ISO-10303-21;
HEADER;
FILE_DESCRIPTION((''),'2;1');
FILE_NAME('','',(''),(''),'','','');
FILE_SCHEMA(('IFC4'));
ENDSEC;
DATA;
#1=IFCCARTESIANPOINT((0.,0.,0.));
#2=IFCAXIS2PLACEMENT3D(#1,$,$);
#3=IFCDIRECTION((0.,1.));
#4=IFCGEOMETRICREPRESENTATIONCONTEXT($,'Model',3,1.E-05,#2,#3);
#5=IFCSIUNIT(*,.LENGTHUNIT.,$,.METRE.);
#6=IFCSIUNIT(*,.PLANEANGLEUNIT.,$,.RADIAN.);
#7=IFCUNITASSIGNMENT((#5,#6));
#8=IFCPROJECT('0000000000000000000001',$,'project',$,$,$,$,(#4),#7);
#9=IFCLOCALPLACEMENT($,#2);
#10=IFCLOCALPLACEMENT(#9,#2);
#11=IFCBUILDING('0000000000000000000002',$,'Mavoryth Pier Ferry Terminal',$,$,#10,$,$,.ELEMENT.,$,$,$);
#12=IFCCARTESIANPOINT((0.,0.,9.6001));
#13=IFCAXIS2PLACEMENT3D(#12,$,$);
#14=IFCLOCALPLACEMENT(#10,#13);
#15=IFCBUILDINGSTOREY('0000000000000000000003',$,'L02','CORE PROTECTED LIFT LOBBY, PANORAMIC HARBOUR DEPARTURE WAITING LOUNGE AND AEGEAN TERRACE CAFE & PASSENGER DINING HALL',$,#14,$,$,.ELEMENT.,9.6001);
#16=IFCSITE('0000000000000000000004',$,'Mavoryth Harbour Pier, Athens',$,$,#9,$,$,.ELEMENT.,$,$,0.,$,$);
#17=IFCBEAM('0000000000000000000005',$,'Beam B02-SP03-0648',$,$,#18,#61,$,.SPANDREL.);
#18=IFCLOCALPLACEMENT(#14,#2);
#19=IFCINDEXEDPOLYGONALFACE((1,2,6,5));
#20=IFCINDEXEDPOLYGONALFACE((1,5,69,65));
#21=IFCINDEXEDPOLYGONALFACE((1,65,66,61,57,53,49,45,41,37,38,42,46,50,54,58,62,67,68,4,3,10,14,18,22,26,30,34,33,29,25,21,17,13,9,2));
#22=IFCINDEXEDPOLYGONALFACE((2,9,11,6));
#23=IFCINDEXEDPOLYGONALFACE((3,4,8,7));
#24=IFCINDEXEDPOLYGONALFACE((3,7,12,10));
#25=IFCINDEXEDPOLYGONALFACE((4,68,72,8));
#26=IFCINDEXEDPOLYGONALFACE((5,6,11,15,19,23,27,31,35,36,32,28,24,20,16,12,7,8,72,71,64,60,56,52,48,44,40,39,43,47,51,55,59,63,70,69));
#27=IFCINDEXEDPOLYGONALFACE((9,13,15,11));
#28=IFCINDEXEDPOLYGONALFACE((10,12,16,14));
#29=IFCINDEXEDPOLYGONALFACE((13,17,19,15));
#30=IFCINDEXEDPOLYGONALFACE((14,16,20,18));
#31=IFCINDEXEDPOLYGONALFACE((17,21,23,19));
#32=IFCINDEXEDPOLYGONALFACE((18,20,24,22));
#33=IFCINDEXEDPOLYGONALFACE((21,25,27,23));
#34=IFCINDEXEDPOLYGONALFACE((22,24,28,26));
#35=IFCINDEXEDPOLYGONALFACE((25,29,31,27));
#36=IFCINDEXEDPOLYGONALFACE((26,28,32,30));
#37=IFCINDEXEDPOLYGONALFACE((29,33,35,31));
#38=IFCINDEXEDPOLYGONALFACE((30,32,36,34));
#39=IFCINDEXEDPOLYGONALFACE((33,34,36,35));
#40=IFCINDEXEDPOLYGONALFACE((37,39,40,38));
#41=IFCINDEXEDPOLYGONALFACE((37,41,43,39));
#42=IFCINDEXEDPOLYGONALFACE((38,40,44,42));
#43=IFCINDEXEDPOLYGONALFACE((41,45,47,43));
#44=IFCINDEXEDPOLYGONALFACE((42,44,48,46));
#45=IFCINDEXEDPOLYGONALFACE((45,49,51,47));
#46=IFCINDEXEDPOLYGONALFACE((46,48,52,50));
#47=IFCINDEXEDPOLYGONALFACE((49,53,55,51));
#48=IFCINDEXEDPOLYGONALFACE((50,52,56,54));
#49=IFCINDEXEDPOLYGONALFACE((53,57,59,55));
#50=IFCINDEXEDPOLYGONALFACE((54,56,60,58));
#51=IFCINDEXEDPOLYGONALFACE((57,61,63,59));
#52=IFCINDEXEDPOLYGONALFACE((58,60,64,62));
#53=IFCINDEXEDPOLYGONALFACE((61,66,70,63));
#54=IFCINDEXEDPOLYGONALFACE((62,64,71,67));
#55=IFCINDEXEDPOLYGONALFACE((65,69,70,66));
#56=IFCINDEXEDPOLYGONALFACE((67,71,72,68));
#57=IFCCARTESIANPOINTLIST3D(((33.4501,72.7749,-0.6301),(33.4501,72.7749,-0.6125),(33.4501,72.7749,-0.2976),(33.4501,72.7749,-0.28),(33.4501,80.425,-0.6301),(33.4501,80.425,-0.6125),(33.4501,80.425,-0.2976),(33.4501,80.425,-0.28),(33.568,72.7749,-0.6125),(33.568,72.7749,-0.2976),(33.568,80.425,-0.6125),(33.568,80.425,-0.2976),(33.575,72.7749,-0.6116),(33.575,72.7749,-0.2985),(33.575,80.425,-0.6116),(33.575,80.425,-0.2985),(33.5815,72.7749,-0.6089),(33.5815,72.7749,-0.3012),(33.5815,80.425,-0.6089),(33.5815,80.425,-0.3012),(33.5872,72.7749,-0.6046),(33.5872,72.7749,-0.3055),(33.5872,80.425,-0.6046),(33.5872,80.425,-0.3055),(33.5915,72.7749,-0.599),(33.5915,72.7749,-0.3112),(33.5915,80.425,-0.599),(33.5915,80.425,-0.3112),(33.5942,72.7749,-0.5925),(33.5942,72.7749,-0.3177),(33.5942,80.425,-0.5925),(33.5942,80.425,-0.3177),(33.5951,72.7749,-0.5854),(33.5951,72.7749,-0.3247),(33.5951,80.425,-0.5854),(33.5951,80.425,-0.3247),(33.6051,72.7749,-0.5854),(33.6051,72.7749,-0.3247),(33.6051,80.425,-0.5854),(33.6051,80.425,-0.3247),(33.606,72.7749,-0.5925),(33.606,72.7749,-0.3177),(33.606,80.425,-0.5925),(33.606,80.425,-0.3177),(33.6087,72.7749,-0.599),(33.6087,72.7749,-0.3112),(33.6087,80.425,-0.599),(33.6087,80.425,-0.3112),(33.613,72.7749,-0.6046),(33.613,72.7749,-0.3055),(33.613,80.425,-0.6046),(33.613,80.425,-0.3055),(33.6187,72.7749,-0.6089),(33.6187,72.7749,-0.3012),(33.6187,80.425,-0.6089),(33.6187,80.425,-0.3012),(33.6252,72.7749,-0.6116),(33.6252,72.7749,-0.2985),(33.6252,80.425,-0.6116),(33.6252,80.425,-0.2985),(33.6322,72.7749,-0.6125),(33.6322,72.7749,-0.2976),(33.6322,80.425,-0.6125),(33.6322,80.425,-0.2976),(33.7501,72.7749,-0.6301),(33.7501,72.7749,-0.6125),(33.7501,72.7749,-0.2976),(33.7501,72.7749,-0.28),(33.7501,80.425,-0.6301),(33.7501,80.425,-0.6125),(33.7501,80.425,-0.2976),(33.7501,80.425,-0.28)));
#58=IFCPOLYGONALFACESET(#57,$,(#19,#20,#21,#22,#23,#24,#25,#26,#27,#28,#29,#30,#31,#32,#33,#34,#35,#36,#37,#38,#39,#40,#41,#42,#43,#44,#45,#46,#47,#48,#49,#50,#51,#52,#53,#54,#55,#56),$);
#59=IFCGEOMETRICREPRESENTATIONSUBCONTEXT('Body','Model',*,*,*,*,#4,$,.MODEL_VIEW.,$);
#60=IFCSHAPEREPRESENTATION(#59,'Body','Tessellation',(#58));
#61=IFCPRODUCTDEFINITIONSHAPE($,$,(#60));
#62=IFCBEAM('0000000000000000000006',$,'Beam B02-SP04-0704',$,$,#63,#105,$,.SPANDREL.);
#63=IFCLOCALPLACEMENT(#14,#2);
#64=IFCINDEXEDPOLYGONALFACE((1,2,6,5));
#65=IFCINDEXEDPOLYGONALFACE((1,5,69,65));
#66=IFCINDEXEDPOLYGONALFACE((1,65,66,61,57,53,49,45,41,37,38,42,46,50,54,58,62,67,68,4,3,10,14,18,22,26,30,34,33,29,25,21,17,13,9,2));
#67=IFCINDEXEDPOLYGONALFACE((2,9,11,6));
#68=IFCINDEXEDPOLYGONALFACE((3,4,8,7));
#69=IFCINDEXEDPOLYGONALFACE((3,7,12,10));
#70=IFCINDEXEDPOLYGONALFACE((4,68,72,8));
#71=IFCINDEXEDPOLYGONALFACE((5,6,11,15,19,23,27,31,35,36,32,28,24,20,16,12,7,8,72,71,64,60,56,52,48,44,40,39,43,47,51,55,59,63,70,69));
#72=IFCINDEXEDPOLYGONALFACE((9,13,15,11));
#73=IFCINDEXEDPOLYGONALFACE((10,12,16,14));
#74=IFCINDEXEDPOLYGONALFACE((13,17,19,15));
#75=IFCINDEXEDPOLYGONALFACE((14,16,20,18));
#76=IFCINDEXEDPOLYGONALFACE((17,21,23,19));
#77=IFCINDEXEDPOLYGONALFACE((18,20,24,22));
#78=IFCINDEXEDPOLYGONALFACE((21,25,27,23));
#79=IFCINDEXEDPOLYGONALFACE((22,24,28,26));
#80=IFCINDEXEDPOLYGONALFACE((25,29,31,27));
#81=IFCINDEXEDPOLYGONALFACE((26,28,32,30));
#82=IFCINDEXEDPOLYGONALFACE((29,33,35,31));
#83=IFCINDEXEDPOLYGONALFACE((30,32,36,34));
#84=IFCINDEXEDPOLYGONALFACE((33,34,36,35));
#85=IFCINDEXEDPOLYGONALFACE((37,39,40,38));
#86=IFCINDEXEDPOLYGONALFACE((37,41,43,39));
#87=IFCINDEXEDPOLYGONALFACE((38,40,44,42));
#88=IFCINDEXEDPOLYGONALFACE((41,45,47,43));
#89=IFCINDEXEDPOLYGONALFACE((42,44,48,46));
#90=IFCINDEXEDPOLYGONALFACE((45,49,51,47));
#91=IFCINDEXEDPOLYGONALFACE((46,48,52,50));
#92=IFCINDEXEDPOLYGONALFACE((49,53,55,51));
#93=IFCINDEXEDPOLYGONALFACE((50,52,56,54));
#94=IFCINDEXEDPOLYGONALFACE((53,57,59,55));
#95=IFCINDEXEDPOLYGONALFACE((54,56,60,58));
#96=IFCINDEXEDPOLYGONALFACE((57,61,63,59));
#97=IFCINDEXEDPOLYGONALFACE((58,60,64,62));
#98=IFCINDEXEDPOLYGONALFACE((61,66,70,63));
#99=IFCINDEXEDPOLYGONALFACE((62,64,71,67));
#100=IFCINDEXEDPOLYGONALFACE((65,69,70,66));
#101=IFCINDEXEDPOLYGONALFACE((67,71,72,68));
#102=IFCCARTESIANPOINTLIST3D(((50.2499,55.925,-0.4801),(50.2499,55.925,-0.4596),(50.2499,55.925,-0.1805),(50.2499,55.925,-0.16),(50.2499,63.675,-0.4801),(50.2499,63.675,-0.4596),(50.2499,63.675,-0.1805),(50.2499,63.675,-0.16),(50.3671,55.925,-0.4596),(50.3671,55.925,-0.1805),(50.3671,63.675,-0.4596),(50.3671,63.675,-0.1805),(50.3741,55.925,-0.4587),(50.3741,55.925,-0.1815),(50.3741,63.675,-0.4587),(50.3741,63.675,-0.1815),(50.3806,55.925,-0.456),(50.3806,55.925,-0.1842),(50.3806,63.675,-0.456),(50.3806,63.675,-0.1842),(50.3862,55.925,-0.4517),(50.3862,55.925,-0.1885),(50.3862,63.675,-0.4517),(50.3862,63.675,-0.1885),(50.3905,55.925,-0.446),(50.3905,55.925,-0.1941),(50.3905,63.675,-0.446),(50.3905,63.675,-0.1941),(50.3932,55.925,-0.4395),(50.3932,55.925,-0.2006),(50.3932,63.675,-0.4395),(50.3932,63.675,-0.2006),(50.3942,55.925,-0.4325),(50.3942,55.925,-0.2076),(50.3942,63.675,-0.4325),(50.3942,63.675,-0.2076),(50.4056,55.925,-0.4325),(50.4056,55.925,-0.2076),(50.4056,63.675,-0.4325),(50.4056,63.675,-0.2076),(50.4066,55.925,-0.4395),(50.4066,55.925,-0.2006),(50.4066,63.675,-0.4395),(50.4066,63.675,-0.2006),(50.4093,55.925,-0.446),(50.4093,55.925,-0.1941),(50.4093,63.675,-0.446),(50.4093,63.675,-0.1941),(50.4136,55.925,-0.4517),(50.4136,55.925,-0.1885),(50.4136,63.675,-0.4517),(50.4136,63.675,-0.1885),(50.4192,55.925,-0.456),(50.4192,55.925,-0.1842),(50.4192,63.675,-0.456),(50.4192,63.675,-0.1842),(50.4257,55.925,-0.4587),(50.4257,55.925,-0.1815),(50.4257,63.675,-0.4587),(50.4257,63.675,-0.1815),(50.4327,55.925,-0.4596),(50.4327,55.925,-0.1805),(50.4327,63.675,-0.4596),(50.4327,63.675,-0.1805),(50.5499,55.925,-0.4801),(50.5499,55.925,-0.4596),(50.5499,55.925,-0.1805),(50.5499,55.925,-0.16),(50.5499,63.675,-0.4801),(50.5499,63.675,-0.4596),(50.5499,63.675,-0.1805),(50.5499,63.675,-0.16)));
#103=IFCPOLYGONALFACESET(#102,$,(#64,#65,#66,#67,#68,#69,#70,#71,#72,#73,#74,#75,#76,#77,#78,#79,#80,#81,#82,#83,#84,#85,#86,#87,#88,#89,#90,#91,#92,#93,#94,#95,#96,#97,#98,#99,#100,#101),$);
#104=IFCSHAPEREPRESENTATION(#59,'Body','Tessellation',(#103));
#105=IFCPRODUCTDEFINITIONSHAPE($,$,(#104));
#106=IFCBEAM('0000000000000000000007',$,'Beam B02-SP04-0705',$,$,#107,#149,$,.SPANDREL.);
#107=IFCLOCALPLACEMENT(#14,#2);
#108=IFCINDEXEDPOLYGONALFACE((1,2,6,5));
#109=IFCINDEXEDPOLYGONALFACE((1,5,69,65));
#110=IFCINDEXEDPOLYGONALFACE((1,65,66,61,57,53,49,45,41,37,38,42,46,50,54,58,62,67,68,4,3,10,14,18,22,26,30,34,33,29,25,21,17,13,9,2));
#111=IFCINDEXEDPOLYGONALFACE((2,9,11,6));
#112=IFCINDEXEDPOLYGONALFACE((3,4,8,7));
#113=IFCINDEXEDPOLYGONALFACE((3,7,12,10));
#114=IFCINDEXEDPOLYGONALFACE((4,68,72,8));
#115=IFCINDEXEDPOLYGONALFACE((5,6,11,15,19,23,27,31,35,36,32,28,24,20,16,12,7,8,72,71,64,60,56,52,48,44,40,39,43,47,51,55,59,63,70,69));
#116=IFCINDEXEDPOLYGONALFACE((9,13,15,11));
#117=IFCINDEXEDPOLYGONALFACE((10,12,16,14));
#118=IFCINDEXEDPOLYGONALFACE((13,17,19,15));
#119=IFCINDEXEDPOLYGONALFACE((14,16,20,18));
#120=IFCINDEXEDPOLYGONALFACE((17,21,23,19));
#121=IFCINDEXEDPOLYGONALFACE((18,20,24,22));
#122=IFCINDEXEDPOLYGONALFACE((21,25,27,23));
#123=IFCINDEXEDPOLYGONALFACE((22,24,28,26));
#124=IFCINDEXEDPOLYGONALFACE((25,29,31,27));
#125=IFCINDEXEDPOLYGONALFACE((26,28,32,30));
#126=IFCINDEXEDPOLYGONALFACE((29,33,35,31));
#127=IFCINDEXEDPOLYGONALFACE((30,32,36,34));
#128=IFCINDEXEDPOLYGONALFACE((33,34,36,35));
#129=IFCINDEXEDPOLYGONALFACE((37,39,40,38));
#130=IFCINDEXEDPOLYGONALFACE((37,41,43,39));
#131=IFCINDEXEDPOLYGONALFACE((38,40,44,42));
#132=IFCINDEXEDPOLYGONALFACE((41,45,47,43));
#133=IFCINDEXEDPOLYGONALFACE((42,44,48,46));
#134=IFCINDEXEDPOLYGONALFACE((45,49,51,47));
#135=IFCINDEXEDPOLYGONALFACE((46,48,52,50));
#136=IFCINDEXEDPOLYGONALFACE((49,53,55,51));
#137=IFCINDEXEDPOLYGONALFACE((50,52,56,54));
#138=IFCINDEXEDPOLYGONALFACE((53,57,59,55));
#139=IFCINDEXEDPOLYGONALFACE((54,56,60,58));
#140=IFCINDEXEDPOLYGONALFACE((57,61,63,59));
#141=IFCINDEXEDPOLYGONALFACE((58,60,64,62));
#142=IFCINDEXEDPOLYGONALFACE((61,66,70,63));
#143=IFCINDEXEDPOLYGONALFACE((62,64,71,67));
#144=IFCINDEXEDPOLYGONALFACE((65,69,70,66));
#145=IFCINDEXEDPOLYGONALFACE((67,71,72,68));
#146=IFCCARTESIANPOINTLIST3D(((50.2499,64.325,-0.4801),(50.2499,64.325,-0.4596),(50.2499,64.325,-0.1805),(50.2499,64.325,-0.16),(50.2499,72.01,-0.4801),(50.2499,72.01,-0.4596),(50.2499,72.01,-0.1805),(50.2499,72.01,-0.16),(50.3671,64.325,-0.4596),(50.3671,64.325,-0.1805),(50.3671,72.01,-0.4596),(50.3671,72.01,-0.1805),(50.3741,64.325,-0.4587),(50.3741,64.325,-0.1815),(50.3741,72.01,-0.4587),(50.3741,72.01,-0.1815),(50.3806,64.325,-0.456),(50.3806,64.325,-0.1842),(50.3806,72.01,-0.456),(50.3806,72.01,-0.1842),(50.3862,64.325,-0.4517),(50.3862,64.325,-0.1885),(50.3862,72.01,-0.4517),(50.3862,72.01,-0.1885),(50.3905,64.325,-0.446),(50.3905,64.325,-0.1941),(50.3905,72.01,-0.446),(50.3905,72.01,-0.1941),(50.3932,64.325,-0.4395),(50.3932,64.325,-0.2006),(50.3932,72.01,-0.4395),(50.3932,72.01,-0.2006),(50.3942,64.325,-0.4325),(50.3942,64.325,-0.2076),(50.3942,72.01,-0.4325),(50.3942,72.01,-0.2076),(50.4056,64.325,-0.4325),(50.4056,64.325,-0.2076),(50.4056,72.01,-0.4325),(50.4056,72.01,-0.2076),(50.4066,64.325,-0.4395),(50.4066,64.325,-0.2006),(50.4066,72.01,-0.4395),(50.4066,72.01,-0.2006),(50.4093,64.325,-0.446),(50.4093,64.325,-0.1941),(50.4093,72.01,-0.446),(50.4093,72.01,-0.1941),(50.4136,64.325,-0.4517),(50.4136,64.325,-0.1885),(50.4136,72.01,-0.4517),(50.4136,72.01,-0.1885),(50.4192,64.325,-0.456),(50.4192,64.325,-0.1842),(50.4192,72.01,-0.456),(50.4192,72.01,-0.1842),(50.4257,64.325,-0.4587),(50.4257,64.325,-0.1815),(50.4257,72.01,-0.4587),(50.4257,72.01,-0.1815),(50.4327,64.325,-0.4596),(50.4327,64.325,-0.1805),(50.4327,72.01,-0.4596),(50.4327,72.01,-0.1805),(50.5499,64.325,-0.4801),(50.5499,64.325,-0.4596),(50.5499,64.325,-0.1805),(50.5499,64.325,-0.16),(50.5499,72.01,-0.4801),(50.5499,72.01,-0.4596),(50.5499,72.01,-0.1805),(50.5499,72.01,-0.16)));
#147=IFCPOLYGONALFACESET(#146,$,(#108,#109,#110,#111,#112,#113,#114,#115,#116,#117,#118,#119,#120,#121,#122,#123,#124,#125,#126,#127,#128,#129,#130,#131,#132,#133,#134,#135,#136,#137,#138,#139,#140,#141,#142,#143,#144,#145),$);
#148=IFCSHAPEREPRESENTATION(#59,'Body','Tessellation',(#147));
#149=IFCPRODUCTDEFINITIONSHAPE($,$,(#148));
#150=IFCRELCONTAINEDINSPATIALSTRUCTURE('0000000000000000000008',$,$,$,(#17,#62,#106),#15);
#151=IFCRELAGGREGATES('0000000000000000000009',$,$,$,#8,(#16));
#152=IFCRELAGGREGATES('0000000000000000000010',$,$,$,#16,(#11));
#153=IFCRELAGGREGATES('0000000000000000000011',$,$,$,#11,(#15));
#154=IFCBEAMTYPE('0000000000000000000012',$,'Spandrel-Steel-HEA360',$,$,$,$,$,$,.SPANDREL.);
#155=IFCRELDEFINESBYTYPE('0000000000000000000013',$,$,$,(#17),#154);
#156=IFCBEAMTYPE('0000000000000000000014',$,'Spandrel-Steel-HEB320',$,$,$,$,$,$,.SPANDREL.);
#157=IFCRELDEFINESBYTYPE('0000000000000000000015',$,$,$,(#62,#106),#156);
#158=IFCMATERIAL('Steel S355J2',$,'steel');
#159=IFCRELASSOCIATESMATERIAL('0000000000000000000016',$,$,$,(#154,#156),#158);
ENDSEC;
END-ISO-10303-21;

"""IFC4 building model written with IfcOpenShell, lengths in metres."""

from ifc_helpers import new_model, si_unit, direction, frame, origin, origin_2d, place, context, subcontext, project, spatial, i_section, extrude, material, material_profile, profile_set, type_object, element, save


model = new_model("IFC4")

# Units and contexts
model_context = context("Model", 3, precision=1e-05, world=origin(), true_north=direction((0.0, 1.0)))
body_context = subcontext(model_context, "Body", "Model", "MODEL_VIEW")
ifc_project = project(units=[si_unit("LENGTHUNIT", "METRE"), si_unit("PLANEANGLEUNIT", "RADIAN")], contexts=[model_context])

# Site, building, storey
site_placement = place(None, origin())
site = spatial("IfcSite", under=ifc_project, at=site_placement, Name="Mavoryth Harbour Pier, Athens", CompositionType="ELEMENT", RefElevation=0.0)
building_placement = place(site_placement, origin())
building = spatial("IfcBuilding", under=site, at=building_placement, Name="Mavoryth Pier Ferry Terminal", CompositionType="ELEMENT")
storey_placement = place(building_placement, frame((0.0, 0.0, 9.6001)))
storey = spatial("IfcBuildingStorey", under=building, at=storey_placement, Name="L02", Description="CORE PROTECTED LIFT LOBBY, PANORAMIC HARBOUR DEPARTURE WAITING LOUNGE AND AEGEAN TERRACE CAFE & PASSENGER DINING HALL", CompositionType="ELEMENT", Elevation=9.6001)

# Shared definitions
ifc_material_1 = material(Name="Steel S355J2", Category="steel")

# Beams
ifc_material_profile_1 = material_profile(ifc_material_1, i_section(OverallWidth=0.3, OverallDepth=0.3501, WebThickness=0.01, FlangeThickness=0.0176, FilletRadius=0.0271, at=origin_2d()), Name="HEA 360", Category="steel")
ifc_profile_set_1 = profile_set([ifc_material_profile_1], Name="Steel S355J2 - HEA 360")
beam_type_1 = type_object("IfcBeamType", Name="Spandrel-Steel-HEA360", PredefinedType="SPANDREL", material=ifc_profile_set_1)
beam_1_placement = place(storey_placement, frame((33.6001, 72.7749, -0.4551), z_axis=(0.0, 1.0, 0.0), x_axis=(-1.0, 0.0, 0.0)))
element("IfcBeam", 1, at=beam_1_placement, inside=storey, type_object=beam_type_1, Name="Beam B02-SP03-0648", PredefinedType="SPANDREL", context=body_context, shape_type="SweptSolid", body=[
    extrude(i_section(OverallWidth=0.3, OverallDepth=0.3501, WebThickness=0.01, FlangeThickness=0.0176, FilletRadius=0.0271, at=origin_2d()), origin(), (0.0, 0.0, 1.0), 7.6501),
])
ifc_material_profile_2 = material_profile(ifc_material_1, i_section(OverallWidth=0.3, OverallDepth=0.3201, WebThickness=0.0115, FlangeThickness=0.0205, FilletRadius=0.0271, at=origin_2d()), Name="HEB 320", Category="steel")
ifc_profile_set_2 = profile_set([ifc_material_profile_2], Name="Steel S355J2 - HEB 320")
beam_type_2 = type_object("IfcBeamType", Name="Spandrel-Steel-HEB320", PredefinedType="SPANDREL", material=ifc_profile_set_2)
beam_2_placement = place(storey_placement, frame((50.3999, 55.925, -0.3201), z_axis=(0.0, 1.0, 0.0), x_axis=(-1.0, 0.0, 0.0)))
element("IfcBeam", 2, at=beam_2_placement, inside=storey, type_object=beam_type_2, Name="Beam B02-SP04-0704", PredefinedType="SPANDREL", context=body_context, shape_type="SweptSolid", body=[
    extrude(i_section(OverallWidth=0.3, OverallDepth=0.3201, WebThickness=0.0115, FlangeThickness=0.0205, FilletRadius=0.0271, at=origin_2d()), origin(), (0.0, 0.0, 1.0), 7.75),
])
beam_3_placement = place(storey_placement, frame((50.3999, 64.325, -0.3201), z_axis=(0.0, 1.0, 0.0), x_axis=(-1.0, 0.0, 0.0)))
element("IfcBeam", 3, at=beam_3_placement, inside=storey, type_object=beam_type_2, Name="Beam B02-SP04-0705", PredefinedType="SPANDREL", context=body_context, shape_type="SweptSolid", body=[
    extrude(i_section(OverallWidth=0.3, OverallDepth=0.3201, WebThickness=0.0115, FlangeThickness=0.0205, FilletRadius=0.0271, at=origin_2d()), origin(), (0.0, 0.0, 1.0), 7.6851),
])

save(model, "model.ifc")
